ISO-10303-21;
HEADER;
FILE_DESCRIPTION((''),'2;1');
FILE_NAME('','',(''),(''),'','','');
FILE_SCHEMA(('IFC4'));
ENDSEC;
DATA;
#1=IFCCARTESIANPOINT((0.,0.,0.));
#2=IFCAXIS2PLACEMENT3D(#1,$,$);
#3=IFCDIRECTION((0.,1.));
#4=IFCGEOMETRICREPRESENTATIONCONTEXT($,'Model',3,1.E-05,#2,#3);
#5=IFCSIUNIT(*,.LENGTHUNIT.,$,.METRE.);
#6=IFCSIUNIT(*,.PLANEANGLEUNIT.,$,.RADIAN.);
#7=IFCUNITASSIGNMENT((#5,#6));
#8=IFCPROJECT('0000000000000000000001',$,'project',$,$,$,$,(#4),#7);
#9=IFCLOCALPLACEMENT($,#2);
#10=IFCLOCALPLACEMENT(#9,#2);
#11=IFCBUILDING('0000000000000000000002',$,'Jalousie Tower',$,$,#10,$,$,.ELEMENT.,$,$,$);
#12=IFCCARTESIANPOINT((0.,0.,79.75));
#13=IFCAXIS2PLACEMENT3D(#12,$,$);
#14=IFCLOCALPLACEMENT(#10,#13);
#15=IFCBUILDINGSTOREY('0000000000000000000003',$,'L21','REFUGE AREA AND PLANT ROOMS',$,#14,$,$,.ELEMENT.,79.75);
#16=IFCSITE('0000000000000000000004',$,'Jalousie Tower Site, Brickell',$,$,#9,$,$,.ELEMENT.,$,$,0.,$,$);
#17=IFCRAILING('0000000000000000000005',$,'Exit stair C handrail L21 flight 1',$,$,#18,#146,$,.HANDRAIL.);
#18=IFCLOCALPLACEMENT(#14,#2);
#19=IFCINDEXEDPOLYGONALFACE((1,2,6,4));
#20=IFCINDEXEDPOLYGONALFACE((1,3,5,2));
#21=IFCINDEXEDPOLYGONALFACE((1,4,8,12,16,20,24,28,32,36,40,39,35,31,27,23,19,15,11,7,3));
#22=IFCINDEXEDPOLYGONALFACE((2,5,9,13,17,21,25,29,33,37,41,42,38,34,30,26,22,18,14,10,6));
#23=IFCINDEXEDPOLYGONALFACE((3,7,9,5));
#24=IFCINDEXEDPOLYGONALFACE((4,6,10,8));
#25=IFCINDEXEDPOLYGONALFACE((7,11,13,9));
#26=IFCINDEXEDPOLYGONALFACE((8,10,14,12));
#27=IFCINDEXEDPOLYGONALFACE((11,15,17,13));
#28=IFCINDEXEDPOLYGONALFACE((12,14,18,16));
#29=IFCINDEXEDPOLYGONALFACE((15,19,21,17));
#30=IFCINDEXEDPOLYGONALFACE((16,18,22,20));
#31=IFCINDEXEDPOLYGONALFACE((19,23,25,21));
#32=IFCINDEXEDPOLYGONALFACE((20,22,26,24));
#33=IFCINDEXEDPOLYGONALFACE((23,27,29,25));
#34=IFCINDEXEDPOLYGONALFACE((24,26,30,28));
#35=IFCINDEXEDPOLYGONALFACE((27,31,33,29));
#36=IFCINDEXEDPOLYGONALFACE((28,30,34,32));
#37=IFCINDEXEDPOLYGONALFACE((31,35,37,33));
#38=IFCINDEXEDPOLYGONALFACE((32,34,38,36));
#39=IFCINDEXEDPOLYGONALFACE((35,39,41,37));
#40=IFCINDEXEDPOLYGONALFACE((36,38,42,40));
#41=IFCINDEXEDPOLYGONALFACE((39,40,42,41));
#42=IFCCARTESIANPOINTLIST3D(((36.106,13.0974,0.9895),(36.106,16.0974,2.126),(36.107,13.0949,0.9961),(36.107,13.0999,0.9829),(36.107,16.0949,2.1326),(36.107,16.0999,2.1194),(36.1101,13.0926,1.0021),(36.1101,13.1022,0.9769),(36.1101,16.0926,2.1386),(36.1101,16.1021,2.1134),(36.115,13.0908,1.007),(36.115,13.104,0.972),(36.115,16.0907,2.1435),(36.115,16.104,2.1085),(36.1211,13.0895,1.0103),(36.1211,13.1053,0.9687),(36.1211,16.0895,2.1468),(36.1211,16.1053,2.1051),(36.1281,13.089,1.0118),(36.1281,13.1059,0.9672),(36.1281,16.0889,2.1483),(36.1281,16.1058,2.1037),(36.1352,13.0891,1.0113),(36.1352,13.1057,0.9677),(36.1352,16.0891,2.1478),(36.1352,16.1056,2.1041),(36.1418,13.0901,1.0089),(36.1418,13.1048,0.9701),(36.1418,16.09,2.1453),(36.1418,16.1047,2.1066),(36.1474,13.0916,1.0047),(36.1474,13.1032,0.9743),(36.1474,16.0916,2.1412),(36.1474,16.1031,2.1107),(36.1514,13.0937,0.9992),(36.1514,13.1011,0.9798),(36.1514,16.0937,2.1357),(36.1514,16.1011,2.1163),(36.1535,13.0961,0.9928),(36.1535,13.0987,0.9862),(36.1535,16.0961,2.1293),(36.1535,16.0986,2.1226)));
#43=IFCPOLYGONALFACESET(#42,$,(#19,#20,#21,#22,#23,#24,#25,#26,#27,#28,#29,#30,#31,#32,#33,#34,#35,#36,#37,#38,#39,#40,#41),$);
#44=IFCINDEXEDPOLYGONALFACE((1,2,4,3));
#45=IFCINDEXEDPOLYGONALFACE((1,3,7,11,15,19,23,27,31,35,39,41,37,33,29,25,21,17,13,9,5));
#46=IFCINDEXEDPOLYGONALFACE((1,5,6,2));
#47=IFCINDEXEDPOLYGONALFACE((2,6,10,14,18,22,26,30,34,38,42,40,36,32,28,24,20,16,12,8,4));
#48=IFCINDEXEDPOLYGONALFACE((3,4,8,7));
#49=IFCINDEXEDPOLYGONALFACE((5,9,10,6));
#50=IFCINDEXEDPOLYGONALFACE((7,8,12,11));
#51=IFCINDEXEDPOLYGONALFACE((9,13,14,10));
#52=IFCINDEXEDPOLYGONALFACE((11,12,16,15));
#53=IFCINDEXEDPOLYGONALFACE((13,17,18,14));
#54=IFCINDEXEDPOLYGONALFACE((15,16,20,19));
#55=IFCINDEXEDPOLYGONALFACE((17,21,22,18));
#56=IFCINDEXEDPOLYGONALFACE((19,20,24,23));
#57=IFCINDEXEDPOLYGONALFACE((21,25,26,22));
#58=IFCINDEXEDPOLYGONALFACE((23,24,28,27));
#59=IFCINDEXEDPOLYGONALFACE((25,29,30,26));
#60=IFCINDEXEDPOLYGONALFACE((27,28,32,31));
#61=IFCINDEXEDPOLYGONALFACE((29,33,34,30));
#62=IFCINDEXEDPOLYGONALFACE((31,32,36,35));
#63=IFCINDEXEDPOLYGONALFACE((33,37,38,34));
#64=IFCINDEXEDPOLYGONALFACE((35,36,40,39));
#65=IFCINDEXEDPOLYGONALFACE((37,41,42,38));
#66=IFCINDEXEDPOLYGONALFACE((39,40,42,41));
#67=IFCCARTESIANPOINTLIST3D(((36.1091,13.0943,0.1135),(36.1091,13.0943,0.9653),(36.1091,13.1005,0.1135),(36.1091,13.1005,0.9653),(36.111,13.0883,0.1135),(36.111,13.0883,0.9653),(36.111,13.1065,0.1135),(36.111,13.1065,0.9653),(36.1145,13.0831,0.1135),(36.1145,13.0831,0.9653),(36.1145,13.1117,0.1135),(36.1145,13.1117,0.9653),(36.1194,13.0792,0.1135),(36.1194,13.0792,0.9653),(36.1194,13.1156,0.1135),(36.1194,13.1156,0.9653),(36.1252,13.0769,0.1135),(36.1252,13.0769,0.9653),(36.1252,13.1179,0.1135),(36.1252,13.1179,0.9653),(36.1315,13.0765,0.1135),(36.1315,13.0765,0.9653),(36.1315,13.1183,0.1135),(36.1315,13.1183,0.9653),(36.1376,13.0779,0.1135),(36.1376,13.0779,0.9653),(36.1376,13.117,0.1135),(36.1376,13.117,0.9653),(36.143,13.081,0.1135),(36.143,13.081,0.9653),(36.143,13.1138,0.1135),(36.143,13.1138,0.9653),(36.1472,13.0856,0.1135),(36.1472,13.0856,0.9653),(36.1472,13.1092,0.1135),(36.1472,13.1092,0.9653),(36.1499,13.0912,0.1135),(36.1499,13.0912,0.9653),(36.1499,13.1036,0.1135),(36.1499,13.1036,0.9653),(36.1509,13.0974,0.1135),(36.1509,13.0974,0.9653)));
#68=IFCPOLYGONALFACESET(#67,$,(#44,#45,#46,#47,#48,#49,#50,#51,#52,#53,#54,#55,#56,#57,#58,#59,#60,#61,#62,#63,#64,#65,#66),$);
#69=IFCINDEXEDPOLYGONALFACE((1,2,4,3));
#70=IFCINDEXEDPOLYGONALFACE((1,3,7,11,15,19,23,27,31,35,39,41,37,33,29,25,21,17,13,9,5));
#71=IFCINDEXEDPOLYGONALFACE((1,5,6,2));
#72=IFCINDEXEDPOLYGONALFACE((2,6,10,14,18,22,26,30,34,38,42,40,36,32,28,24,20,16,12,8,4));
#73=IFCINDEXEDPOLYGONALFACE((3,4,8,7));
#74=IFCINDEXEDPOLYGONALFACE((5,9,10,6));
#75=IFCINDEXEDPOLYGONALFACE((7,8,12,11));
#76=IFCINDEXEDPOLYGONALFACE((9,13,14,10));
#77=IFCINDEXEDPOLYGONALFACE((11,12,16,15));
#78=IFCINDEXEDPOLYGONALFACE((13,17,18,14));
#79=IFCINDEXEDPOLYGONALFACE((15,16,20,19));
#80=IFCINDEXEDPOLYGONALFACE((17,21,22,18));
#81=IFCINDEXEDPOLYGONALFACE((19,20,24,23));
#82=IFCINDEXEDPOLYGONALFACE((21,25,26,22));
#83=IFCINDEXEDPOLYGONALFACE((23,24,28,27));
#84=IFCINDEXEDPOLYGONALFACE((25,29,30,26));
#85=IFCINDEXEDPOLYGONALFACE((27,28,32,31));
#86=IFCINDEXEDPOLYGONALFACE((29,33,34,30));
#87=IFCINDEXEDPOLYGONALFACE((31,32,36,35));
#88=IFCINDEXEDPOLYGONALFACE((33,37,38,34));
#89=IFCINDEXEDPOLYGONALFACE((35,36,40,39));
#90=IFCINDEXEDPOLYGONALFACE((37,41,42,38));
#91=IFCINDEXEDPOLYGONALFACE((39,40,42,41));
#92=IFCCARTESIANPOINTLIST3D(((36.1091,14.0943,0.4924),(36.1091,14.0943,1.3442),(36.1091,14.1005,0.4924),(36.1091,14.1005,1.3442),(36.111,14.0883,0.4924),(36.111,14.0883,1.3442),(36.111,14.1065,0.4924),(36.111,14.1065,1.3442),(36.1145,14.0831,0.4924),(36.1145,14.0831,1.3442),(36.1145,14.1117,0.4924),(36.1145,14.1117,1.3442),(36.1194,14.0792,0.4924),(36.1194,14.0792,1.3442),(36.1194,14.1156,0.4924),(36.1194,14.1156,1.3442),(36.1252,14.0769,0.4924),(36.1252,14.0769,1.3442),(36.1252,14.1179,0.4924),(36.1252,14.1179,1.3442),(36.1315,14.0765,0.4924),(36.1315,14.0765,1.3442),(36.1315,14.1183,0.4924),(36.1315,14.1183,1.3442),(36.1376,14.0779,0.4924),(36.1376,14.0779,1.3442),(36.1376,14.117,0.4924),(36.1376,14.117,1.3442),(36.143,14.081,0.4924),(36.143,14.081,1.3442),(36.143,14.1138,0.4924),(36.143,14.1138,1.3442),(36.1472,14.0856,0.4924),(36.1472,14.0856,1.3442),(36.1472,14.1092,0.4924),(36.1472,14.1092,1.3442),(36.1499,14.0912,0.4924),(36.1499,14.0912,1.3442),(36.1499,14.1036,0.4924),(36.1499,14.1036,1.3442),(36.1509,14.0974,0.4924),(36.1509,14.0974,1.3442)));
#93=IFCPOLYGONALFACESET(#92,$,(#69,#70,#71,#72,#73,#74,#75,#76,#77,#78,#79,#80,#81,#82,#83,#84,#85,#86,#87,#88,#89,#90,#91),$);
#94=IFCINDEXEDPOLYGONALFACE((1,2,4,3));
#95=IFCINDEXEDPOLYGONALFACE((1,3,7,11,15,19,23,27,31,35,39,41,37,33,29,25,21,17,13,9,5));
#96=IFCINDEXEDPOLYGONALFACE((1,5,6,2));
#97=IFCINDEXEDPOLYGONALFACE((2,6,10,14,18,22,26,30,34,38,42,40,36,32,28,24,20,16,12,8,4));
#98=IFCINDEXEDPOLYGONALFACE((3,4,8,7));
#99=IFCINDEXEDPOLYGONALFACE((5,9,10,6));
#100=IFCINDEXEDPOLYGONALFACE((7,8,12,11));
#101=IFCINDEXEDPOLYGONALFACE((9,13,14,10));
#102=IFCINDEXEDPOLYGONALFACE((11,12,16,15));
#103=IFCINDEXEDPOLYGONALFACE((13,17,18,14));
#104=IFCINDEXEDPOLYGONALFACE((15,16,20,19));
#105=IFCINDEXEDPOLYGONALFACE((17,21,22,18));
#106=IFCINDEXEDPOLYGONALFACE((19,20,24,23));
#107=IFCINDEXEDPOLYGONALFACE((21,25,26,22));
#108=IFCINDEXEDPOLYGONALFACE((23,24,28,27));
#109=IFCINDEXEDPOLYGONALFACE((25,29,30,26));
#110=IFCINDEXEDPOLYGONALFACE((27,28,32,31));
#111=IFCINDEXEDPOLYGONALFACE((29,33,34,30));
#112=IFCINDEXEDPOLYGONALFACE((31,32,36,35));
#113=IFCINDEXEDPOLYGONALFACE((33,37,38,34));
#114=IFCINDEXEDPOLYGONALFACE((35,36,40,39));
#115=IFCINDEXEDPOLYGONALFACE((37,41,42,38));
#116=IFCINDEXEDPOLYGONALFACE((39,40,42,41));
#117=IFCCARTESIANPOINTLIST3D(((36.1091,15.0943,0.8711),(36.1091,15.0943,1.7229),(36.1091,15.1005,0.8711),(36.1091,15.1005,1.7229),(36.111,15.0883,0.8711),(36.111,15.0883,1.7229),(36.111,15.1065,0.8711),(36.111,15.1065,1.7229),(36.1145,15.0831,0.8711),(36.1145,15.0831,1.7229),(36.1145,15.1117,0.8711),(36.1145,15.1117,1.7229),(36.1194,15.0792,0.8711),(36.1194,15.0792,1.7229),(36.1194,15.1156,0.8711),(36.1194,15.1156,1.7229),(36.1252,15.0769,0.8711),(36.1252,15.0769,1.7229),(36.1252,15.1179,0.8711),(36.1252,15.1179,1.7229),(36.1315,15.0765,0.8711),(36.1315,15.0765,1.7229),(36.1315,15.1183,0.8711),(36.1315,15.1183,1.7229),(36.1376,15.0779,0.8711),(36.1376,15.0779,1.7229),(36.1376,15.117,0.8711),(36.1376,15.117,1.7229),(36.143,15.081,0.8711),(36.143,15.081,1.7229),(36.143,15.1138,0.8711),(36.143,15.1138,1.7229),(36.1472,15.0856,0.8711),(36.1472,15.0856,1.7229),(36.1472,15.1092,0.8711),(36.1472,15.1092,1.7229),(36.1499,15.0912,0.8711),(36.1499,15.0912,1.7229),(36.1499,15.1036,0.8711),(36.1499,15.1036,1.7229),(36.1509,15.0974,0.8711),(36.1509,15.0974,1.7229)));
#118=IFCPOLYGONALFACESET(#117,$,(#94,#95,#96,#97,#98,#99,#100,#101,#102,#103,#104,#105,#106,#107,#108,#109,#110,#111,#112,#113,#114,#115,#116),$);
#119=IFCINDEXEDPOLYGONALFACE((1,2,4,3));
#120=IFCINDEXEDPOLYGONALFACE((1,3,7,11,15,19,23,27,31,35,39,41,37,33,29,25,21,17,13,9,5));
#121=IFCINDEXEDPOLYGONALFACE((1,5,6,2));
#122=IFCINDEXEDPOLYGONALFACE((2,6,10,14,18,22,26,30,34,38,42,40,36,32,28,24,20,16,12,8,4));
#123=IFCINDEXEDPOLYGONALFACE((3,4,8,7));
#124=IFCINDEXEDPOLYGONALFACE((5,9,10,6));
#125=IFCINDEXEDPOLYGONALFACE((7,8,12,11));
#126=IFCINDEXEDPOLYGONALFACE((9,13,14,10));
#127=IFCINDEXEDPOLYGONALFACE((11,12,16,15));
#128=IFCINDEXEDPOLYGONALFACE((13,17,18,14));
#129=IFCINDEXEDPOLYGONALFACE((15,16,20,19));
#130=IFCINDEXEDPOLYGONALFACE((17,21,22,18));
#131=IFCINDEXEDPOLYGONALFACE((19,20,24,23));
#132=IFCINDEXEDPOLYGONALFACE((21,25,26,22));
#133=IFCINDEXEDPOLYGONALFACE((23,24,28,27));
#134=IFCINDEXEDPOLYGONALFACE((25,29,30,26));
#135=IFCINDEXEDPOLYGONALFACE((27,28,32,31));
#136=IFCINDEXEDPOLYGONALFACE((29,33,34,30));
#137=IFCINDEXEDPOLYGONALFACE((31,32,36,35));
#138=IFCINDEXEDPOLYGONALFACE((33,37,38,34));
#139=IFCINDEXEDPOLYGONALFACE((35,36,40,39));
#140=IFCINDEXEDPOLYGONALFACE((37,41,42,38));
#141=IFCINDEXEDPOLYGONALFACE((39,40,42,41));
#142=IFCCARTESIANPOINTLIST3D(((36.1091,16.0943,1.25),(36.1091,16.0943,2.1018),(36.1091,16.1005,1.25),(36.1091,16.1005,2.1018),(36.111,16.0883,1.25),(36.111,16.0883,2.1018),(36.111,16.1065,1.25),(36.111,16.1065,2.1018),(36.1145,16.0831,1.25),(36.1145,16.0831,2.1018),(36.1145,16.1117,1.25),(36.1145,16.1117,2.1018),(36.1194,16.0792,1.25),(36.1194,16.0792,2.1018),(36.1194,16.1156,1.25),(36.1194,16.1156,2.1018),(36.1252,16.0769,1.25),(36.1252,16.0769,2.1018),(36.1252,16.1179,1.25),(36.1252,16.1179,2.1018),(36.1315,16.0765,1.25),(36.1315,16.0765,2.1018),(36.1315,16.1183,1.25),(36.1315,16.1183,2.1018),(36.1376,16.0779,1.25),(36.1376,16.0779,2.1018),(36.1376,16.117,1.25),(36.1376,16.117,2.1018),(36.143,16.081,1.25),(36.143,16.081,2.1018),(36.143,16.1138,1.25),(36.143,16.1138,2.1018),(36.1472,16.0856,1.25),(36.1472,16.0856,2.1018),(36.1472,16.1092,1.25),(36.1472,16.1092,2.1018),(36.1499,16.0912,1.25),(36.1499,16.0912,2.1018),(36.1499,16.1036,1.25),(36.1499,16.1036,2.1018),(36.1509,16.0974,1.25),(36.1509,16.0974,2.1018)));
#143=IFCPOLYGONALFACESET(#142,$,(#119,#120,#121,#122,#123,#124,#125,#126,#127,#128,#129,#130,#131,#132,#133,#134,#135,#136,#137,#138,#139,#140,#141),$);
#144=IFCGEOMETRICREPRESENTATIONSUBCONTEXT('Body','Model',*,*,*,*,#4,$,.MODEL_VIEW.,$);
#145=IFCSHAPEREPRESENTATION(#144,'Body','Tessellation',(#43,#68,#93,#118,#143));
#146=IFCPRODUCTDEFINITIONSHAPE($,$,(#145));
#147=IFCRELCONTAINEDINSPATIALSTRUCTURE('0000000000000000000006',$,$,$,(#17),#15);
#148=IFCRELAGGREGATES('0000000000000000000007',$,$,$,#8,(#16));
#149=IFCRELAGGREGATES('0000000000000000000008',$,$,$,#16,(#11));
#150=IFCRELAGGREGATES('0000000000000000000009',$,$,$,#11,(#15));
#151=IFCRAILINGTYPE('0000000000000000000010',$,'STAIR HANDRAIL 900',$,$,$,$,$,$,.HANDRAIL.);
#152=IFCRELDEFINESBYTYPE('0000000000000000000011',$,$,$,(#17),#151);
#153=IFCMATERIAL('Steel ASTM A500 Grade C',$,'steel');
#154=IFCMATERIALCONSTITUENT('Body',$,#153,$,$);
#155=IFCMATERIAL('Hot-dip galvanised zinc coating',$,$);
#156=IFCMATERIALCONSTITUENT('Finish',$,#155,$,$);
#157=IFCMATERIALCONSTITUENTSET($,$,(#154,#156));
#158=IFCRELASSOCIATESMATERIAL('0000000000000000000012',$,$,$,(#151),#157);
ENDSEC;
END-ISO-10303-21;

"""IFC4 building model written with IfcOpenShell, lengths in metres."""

from ifc_helpers import new_model, si_unit, direction, frame, origin, origin_2d, place, context, subcontext, project, spatial, circle, extrude, material, constituent, constituent_set, type_object, element, save


model = new_model("IFC4")

# Units and contexts
model_context = context("Model", 3, precision=1e-05, world=origin(), true_north=direction((0.0, 1.0)))
body_context = subcontext(model_context, "Body", "Model", "MODEL_VIEW")
ifc_project = project(units=[si_unit("LENGTHUNIT", "METRE"), si_unit("PLANEANGLEUNIT", "RADIAN")], contexts=[model_context])

# Site, building, storey
site_placement = place(None, origin())
site = spatial("IfcSite", under=ifc_project, at=site_placement, Name="Jalousie Tower Site, Brickell", CompositionType="ELEMENT", RefElevation=0.0)
building_placement = place(site_placement, origin())
building = spatial("IfcBuilding", under=site, at=building_placement, Name="Jalousie Tower", CompositionType="ELEMENT")
storey_placement = place(building_placement, frame((0.0, 0.0, 79.75)))
storey = spatial("IfcBuildingStorey", under=building, at=storey_placement, Name="L21", Description="REFUGE AREA AND PLANT ROOMS", CompositionType="ELEMENT", Elevation=79.75)

# Railing
ifc_material_1 = material(Name="Steel ASTM A500 Grade C", Category="steel")
ifc_constituent_1 = constituent(ifc_material_1, Name="Body")
ifc_material_2 = material(Name="Hot-dip galvanised zinc coating")
ifc_constituent_2 = constituent(ifc_material_2, Name="Finish")
ifc_constituent_set_1 = constituent_set(constituents=[ifc_constituent_1, ifc_constituent_2])
railing_type_1 = type_object("IfcRailingType", Name="STAIR HANDRAIL 900", PredefinedType="HANDRAIL", material=ifc_constituent_set_1)
for number, where, name in (
    (1, (36.1299, 13.0974, 0.1135), "Exit stair C handrail L21 flight 1"),
):
    element("IfcRailing", number, at=place(storey_placement, frame(where)), inside=storey, type_object=railing_type_1, Name=name, PredefinedType="HANDRAIL", context=body_context, shape_type="SweptSolid", body=[
        extrude(circle(Radius=0.0239, at=origin_2d()), frame((0.0, 0.0, 0.876), z_axis=(0.0, 0.935148, 0.354257), x_axis=(-1.0, 0.0, 0.0)), (0.0, 0.0, 1.0), 3.208),
        extrude(circle(Radius=0.021, at=origin_2d()), origin(), (0.0, 0.0, 1.0), 0.8518),
        extrude(circle(Radius=0.021, at=origin_2d()), frame((0.0, 1.0, 0.3789)), (0.0, 0.0, 1.0), 0.8518),
        extrude(circle(Radius=0.021, at=origin_2d()), frame((0.0, 2.0, 0.7576)), (0.0, 0.0, 1.0), 0.8518),
        extrude(circle(Radius=0.021, at=origin_2d()), frame((0.0, 3.0, 1.1365)), (0.0, 0.0, 1.0), 0.8518),
    ])

save(model, "model.ifc")
